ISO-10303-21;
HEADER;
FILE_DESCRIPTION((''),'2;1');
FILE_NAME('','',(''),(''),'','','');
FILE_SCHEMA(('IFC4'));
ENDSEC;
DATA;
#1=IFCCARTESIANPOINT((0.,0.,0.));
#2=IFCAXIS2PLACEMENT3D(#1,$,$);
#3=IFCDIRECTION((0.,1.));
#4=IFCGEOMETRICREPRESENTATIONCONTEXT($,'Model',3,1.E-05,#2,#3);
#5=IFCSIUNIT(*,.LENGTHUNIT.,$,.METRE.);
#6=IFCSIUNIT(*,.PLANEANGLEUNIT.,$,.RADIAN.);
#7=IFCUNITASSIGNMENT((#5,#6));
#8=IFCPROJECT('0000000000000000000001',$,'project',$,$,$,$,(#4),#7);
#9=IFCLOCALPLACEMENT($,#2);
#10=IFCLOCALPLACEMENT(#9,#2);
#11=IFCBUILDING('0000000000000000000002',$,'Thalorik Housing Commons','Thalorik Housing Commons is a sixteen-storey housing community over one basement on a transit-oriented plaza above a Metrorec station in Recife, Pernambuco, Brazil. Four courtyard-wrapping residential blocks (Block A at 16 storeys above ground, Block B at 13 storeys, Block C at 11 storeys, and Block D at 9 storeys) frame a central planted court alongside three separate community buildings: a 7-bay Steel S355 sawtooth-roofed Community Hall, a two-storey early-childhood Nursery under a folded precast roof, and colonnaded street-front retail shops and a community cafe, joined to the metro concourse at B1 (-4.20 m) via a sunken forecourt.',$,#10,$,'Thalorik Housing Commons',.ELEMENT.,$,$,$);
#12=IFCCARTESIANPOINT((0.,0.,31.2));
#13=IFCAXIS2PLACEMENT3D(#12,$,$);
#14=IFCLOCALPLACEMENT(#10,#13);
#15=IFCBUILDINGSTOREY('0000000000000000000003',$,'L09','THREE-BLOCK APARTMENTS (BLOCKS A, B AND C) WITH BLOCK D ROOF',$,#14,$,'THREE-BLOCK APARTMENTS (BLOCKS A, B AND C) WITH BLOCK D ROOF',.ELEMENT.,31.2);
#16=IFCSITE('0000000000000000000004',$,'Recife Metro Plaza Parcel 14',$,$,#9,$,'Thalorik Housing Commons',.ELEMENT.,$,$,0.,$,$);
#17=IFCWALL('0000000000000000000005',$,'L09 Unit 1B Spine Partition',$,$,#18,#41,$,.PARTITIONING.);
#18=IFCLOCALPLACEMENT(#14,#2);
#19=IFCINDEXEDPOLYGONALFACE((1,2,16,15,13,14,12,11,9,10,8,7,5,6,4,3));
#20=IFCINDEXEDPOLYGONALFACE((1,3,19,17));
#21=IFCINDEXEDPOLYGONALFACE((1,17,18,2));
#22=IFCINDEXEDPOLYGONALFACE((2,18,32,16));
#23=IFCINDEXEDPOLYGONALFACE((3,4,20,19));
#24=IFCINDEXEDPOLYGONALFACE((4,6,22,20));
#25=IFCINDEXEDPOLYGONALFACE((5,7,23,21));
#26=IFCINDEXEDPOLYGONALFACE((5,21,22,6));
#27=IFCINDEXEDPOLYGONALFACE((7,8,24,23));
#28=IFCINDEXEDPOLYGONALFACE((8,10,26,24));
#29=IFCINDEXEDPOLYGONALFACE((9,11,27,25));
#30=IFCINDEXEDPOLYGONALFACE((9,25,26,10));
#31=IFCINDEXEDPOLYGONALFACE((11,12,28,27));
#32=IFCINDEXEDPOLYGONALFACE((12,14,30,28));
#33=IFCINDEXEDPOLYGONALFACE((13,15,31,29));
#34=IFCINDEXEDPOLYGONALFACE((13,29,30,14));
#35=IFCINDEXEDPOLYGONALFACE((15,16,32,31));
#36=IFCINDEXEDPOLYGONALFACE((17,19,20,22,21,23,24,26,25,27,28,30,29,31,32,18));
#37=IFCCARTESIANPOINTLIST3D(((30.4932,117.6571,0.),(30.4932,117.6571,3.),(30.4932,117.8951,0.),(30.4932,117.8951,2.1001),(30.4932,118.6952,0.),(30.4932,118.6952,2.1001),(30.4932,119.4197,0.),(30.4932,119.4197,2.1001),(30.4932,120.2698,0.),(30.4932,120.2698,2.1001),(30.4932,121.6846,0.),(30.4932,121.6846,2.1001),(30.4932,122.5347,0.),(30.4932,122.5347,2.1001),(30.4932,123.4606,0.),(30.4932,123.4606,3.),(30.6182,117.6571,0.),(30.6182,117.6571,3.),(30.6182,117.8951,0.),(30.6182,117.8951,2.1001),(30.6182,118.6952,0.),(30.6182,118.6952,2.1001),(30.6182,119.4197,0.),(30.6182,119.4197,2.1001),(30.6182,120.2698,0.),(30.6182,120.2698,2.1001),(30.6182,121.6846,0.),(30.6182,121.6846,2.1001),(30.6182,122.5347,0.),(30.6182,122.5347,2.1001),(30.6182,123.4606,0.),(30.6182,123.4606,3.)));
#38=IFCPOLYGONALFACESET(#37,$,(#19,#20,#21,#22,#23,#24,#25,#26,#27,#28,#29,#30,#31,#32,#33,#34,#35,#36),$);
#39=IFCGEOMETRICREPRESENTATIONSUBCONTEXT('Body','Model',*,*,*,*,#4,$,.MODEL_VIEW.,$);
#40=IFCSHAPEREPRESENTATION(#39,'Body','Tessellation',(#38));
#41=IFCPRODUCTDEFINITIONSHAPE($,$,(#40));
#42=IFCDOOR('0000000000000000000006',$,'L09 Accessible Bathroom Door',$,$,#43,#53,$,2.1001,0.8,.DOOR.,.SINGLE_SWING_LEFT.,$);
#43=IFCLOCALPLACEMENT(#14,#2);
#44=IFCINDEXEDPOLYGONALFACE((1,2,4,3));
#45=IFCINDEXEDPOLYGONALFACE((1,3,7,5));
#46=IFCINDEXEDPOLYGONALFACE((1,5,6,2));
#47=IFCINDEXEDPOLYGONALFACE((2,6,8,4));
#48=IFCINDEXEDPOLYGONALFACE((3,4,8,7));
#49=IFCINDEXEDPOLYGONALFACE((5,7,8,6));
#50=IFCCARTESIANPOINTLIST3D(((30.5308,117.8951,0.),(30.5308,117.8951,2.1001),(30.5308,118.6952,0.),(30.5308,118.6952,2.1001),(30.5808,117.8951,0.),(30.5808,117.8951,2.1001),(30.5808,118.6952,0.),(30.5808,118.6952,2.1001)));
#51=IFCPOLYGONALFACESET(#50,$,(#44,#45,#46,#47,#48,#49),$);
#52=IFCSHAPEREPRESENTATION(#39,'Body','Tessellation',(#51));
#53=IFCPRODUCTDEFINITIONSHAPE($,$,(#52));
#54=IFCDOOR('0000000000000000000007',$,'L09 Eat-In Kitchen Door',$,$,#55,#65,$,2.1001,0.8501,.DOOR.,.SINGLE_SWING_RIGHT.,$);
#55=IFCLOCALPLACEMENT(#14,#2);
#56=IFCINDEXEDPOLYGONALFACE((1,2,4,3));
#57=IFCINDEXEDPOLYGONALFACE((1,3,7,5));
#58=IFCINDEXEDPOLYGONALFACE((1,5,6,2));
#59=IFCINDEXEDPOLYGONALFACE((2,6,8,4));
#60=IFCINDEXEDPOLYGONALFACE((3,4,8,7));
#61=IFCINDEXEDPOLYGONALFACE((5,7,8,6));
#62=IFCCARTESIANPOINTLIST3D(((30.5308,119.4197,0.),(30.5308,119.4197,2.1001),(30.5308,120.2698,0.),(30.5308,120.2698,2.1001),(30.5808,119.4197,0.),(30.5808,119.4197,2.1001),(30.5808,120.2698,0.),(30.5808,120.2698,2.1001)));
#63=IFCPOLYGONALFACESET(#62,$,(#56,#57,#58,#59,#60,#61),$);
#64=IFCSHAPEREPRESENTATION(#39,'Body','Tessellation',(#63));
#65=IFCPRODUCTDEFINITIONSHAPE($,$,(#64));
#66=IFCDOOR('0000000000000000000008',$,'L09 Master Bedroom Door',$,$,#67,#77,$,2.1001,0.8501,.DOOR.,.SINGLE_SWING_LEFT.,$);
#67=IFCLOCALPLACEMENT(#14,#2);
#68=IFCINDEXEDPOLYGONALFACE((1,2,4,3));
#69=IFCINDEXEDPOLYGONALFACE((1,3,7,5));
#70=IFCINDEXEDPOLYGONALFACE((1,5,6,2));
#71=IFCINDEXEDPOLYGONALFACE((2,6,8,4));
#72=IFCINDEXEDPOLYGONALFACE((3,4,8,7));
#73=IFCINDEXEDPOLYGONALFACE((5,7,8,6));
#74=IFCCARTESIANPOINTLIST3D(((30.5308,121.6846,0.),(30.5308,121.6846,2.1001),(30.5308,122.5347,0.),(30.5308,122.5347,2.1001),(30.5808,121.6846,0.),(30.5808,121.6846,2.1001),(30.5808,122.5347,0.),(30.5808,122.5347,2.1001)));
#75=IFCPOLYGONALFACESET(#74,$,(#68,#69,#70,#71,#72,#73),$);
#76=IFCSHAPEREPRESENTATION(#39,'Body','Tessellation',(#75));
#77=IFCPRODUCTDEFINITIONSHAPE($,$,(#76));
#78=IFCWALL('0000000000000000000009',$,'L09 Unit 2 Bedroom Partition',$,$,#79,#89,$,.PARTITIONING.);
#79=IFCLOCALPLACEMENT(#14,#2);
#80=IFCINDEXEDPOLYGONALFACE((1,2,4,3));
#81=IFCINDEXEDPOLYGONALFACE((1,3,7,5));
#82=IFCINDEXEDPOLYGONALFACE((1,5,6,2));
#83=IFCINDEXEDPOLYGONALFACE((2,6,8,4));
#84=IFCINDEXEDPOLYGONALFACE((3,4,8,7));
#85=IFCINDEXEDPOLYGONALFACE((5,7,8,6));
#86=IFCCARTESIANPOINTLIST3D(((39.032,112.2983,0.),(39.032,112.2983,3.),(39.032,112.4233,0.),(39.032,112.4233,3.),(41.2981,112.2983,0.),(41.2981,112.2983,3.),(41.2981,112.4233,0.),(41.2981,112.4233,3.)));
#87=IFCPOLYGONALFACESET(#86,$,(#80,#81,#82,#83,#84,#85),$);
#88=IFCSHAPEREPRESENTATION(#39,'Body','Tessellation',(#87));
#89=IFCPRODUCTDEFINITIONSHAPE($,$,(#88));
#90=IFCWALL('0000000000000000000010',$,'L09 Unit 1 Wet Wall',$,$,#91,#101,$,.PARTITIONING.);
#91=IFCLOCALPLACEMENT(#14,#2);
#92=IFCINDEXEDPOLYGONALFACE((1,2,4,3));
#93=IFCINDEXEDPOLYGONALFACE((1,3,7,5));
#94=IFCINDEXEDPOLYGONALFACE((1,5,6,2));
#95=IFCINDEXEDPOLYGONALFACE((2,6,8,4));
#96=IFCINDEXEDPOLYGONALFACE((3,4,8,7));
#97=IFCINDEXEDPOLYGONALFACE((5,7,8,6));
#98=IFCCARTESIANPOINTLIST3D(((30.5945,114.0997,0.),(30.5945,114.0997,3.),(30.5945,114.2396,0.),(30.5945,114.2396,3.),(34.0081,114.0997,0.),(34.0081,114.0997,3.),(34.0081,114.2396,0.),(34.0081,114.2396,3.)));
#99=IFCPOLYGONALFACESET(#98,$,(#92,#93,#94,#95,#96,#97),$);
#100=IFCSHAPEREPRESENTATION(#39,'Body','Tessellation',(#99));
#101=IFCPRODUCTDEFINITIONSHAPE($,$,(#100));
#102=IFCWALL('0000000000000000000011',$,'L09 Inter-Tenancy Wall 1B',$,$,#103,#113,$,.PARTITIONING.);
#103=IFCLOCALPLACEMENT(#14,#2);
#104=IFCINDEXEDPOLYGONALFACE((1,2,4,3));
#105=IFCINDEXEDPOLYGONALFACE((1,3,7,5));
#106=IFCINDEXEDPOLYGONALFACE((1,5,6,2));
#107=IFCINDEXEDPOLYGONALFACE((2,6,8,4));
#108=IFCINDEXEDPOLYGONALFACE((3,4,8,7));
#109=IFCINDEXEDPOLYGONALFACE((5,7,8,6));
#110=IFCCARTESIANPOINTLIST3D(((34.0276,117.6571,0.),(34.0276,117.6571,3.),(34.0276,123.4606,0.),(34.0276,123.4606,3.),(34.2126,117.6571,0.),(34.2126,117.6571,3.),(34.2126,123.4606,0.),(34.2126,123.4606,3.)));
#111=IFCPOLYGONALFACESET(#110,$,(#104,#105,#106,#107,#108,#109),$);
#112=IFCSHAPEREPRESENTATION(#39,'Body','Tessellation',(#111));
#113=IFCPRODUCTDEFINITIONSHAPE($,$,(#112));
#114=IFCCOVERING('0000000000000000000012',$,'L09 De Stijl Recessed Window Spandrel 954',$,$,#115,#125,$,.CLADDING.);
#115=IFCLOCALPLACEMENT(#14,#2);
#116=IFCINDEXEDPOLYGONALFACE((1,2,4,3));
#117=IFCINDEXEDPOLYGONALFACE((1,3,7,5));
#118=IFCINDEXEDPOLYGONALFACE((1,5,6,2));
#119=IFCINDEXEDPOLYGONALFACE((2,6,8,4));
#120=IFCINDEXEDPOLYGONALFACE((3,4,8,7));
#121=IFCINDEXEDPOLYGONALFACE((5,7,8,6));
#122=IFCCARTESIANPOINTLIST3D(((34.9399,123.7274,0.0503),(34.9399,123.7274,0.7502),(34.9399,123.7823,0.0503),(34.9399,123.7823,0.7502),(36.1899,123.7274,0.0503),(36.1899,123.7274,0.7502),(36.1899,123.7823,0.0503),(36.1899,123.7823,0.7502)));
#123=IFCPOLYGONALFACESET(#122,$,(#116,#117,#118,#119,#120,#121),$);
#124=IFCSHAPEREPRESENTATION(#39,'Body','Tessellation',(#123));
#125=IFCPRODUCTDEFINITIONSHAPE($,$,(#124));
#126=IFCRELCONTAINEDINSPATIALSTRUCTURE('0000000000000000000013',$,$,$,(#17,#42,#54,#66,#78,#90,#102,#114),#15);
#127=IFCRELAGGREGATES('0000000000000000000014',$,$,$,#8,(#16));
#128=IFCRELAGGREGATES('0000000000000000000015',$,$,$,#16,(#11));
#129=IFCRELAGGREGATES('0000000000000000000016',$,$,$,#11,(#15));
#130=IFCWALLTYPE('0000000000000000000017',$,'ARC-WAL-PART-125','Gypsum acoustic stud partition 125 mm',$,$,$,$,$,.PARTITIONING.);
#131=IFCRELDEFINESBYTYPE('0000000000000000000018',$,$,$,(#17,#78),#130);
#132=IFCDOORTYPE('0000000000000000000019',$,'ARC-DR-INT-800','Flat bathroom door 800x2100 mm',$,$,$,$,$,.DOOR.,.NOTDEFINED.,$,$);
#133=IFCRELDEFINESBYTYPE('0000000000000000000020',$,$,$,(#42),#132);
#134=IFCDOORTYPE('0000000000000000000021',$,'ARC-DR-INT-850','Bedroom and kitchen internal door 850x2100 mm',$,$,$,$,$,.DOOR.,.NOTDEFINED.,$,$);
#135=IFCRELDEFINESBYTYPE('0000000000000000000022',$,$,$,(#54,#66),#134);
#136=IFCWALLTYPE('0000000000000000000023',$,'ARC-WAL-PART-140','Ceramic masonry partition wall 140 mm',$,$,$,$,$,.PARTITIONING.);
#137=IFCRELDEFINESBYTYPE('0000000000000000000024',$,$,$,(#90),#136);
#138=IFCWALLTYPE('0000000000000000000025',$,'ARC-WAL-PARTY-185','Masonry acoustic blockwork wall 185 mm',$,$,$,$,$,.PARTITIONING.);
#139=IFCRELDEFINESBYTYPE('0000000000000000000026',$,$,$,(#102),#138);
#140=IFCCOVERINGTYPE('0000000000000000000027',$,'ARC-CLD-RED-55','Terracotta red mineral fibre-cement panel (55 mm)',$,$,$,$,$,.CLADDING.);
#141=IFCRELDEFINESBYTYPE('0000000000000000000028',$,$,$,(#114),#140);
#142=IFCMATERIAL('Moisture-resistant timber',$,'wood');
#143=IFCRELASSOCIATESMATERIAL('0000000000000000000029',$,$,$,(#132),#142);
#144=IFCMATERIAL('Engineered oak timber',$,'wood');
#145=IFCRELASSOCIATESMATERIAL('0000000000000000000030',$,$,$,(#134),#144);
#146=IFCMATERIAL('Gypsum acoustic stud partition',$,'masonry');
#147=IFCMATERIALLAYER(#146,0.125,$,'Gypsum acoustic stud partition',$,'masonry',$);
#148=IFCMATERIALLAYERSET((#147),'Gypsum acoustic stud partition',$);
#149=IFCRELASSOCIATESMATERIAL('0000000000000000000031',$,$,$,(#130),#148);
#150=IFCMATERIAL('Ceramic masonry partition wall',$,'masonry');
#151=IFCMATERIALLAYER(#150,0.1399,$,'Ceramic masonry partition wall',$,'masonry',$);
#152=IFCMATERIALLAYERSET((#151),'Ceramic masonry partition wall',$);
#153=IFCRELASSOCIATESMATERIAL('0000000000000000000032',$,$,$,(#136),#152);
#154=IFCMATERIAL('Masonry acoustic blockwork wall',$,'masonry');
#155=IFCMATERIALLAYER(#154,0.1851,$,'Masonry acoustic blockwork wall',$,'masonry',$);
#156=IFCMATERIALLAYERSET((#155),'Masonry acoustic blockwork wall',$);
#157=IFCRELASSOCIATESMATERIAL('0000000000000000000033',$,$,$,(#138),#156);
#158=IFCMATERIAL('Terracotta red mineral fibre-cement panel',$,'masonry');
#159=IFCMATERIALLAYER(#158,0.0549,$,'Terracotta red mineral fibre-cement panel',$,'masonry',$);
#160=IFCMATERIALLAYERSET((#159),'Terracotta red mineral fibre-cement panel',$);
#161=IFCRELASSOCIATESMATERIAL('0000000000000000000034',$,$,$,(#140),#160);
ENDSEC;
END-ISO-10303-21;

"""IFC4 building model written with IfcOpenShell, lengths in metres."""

from ifc_helpers import new_model, si_unit, direction, frame, frame_2d, origin, origin_2d, place, context, subcontext, project, spatial, rectangle, extrude, material, layer, layer_set, type_object, element, fill, save


model = new_model("IFC4")

# Units and contexts
model_context = context("Model", 3, precision=1e-05, world=origin(), true_north=direction((0.0, 1.0)))
body_context = subcontext(model_context, "Body", "Model", "MODEL_VIEW")
ifc_project = project(units=[si_unit("LENGTHUNIT", "METRE"), si_unit("PLANEANGLEUNIT", "RADIAN")], contexts=[model_context])

# Site, building, storey
site_placement = place(None, origin())
site = spatial("IfcSite", under=ifc_project, at=site_placement, Name="Recife Metro Plaza Parcel 14", LongName="Thalorik Housing Commons", CompositionType="ELEMENT", RefElevation=0.0)
building_placement = place(site_placement, origin())
building = spatial("IfcBuilding", under=site, at=building_placement, Name="Thalorik Housing Commons", Description="Thalorik Housing Commons is a sixteen-storey housing community over one basement on a transit-oriented plaza above a Metrorec station in Recife, Pernambuco, Brazil. Four courtyard-wrapping residential blocks (Block A at 16 storeys above ground, Block B at 13 storeys, Block C at 11 storeys, and Block D at 9 storeys) frame a central planted court alongside three separate community buildings: a 7-bay Steel S355 sawtooth-roofed Community Hall, a two-storey early-childhood Nursery under a folded precast roof, and colonnaded street-front retail shops and a community cafe, joined to the metro concourse at B1 (-4.20 m) via a sunken forecourt.", LongName="Thalorik Housing Commons", CompositionType="ELEMENT")
storey_placement = place(building_placement, frame((0.0, 0.0, 31.2)))
storey = spatial("IfcBuildingStorey", under=building, at=storey_placement, Name="L09", Description="THREE-BLOCK APARTMENTS (BLOCKS A, B AND C) WITH BLOCK D ROOF", LongName="THREE-BLOCK APARTMENTS (BLOCKS A, B AND C) WITH BLOCK D ROOF", CompositionType="ELEMENT", Elevation=31.2)

# Shared definitions
ifc_material_1 = material(Name="Moisture-resistant timber", Category="wood")
door_type_1 = type_object("IfcDoorType", Name="ARC-DR-INT-800", Description="Flat bathroom door 800x2100 mm", OperationType="NOTDEFINED", PredefinedType="DOOR", material=ifc_material_1)
ifc_material_2 = material(Name="Engineered oak timber", Category="wood")
door_type_2 = type_object("IfcDoorType", Name="ARC-DR-INT-850", Description="Bedroom and kitchen internal door 850x2100 mm", OperationType="NOTDEFINED", PredefinedType="DOOR", material=ifc_material_2)

# Wall, openings, doors
ifc_material_3 = material(Name="Gypsum acoustic stud partition", Category="masonry")
ifc_layer_1 = layer(ifc_material_3, 0.125, Name="Gypsum acoustic stud partition", Category="masonry")
ifc_layer_set_1 = layer_set([ifc_layer_1], Name="Gypsum acoustic stud partition")
wall_type_1 = type_object("IfcWallType", Name="ARC-WAL-PART-125", Description="Gypsum acoustic stud partition 125 mm", PredefinedType="PARTITIONING", material=ifc_layer_set_1)
wall_1_placement = place(storey_placement, frame((30.5557, 117.657, 0.0), z_axis=(0.0, 0.0, 1.0), x_axis=(0.0, 1.0, 0.0)))
wall_1 = element("IfcWall", 1, at=wall_1_placement, inside=storey, type_object=wall_type_1, Name="L09 Unit 1B Spine Partition", PredefinedType="PARTITIONING", context=body_context, shape_type="SweptSolid", body=[
    extrude(rectangle(XDim=5.8035, YDim=0.125, at=frame_2d((2.9019, 0.0))), origin(), (0.0, 0.0, 1.0), 3.0),
])
opening_1_placement = place(wall_1_placement, frame((0.2383, 0.0, 0.0)))
opening_1 = element("IfcOpeningElement", 2, at=opening_1_placement, cuts=wall_1, PredefinedType="OPENING", context=body_context, shape_type="SweptSolid", body=[
    extrude(rectangle(XDim=0.8, YDim=2.1001, at=frame_2d((0.3999, 1.05))), frame((0.0, 0.0725, 0.0), z_axis=(0.0, -1.0, 0.0), x_axis=(1.0, 0.0, 0.0)), (0.0, 0.0, 1.0), 0.145),
])
opening_2_placement = place(wall_1_placement, frame((1.7627, 0.0, 0.0)))
opening_2 = element("IfcOpeningElement", 3, at=opening_2_placement, cuts=wall_1, PredefinedType="OPENING", context=body_context, shape_type="SweptSolid", body=[
    extrude(rectangle(XDim=0.8501, YDim=2.1001, at=frame_2d((0.425, 1.05))), frame((0.0, 0.0725, 0.0), z_axis=(0.0, -1.0, 0.0), x_axis=(1.0, 0.0, 0.0)), (0.0, 0.0, 1.0), 0.145),
])
opening_3_placement = place(wall_1_placement, frame((4.0276, 0.0, 0.0)))
opening_3 = element("IfcOpeningElement", 4, at=opening_3_placement, cuts=wall_1, PredefinedType="OPENING", context=body_context, shape_type="SweptSolid", body=[
    extrude(rectangle(XDim=0.8501, YDim=2.1001, at=frame_2d((0.425, 1.05))), frame((0.0, 0.0725, 0.0), z_axis=(0.0, -1.0, 0.0), x_axis=(1.0, 0.0, 0.0)), (0.0, 0.0, 1.0), 0.145),
])
door_1_placement = place(opening_1_placement, origin())
door_1 = element("IfcDoor", 5, at=door_1_placement, inside=storey, type_object=door_type_1, Name="L09 Accessible Bathroom Door", OperationType="SINGLE_SWING_LEFT", OverallHeight=2.1001, OverallWidth=0.8, PredefinedType="DOOR", context=body_context, shape_type="SweptSolid", body=[
    extrude(rectangle(XDim=0.8, YDim=2.1001, at=frame_2d((0.3999, 1.05))), frame((0.0, 0.0249, 0.0), z_axis=(0.0, -1.0, 0.0), x_axis=(1.0, 0.0, 0.0)), (0.0, 0.0, 1.0), 0.05),
])
fill(opening_1, door_1)
door_2_placement = place(opening_2_placement, origin())
door_2 = element("IfcDoor", 6, at=door_2_placement, inside=storey, type_object=door_type_2, Name="L09 Eat-In Kitchen Door", OperationType="SINGLE_SWING_RIGHT", OverallHeight=2.1001, OverallWidth=0.8501, PredefinedType="DOOR", context=body_context, shape_type="SweptSolid", body=[
    extrude(rectangle(XDim=0.8501, YDim=2.1001, at=frame_2d((0.425, 1.05))), frame((0.0, 0.0249, 0.0), z_axis=(0.0, -1.0, 0.0), x_axis=(1.0, 0.0, 0.0)), (0.0, 0.0, 1.0), 0.05),
])
fill(opening_2, door_2)
door_3_placement = place(opening_3_placement, origin())
door_3 = element("IfcDoor", 7, at=door_3_placement, inside=storey, type_object=door_type_2, Name="L09 Master Bedroom Door", OperationType="SINGLE_SWING_LEFT", OverallHeight=2.1001, OverallWidth=0.8501, PredefinedType="DOOR", context=body_context, shape_type="SweptSolid", body=[
    extrude(rectangle(XDim=0.8501, YDim=2.1001, at=frame_2d((0.425, 1.05))), frame((0.0, 0.0249, 0.0), z_axis=(0.0, -1.0, 0.0), x_axis=(1.0, 0.0, 0.0)), (0.0, 0.0, 1.0), 0.05),
])
fill(opening_3, door_3)

# Walls
wall_2_placement = place(storey_placement, frame((39.032, 112.3608, 0.0), z_axis=(0.0, 0.0, 1.0), x_axis=(1.0, 0.0, 0.0)))
element("IfcWall", 8, at=wall_2_placement, inside=storey, type_object=wall_type_1, Name="L09 Unit 2 Bedroom Partition", PredefinedType="PARTITIONING", context=body_context, shape_type="SweptSolid", body=[
    extrude(rectangle(XDim=2.2661, YDim=0.125, at=frame_2d((1.1331, 0.0))), origin(), (0.0, 0.0, 1.0), 3.0),
])
ifc_material_4 = material(Name="Ceramic masonry partition wall", Category="masonry")
ifc_layer_2 = layer(ifc_material_4, 0.1399, Name="Ceramic masonry partition wall", Category="masonry")
ifc_layer_set_2 = layer_set([ifc_layer_2], Name="Ceramic masonry partition wall")
wall_type_2 = type_object("IfcWallType", Name="ARC-WAL-PART-140", Description="Ceramic masonry partition wall 140 mm", PredefinedType="PARTITIONING", material=ifc_layer_set_2)
wall_3_placement = place(storey_placement, frame((30.5945, 114.1697, 0.0), z_axis=(0.0, 0.0, 1.0), x_axis=(1.0, 0.0, 0.0)))
element("IfcWall", 9, at=wall_3_placement, inside=storey, type_object=wall_type_2, Name="L09 Unit 1 Wet Wall", PredefinedType="PARTITIONING", context=body_context, shape_type="SweptSolid", body=[
    extrude(rectangle(XDim=3.4136, YDim=0.1399, at=frame_2d((1.7068, 0.0))), origin(), (0.0, 0.0, 1.0), 3.0),
])
ifc_material_5 = material(Name="Masonry acoustic blockwork wall", Category="masonry")
ifc_layer_3 = layer(ifc_material_5, 0.1851, Name="Masonry acoustic blockwork wall", Category="masonry")
ifc_layer_set_3 = layer_set([ifc_layer_3], Name="Masonry acoustic blockwork wall")
wall_type_3 = type_object("IfcWallType", Name="ARC-WAL-PARTY-185", Description="Masonry acoustic blockwork wall 185 mm", PredefinedType="PARTITIONING", material=ifc_layer_set_3)
wall_4_placement = place(storey_placement, frame((34.1201, 117.657, 0.0), z_axis=(0.0, 0.0, 1.0), x_axis=(0.0, 1.0, 0.0)))
element("IfcWall", 10, at=wall_4_placement, inside=storey, type_object=wall_type_3, Name="L09 Inter-Tenancy Wall 1B", PredefinedType="PARTITIONING", context=body_context, shape_type="SweptSolid", body=[
    extrude(rectangle(XDim=5.8035, YDim=0.1851, at=frame_2d((2.9019, 0.0))), origin(), (0.0, 0.0, 1.0), 3.0),
])

# Covering
ifc_material_6 = material(Name="Terracotta red mineral fibre-cement panel", Category="masonry")
ifc_layer_4 = layer(ifc_material_6, 0.0549, Name="Terracotta red mineral fibre-cement panel", Category="masonry")
ifc_layer_set_4 = layer_set([ifc_layer_4], Name="Terracotta red mineral fibre-cement panel")
covering_type_1 = type_object("IfcCoveringType", Name="ARC-CLD-RED-55", Description="Terracotta red mineral fibre-cement panel (55 mm)", PredefinedType="CLADDING", material=ifc_layer_set_4)
covering_1_placement = place(storey_placement, frame((35.5649, 123.7549, 0.0503), z_axis=(0.0, 0.0, 1.0), x_axis=(-1.0, 0.0, 0.0)))
element("IfcCovering", 11, at=covering_1_placement, inside=storey, type_object=covering_type_1, Name="L09 De Stijl Recessed Window Spandrel 954", PredefinedType="CLADDING", context=body_context, shape_type="SweptSolid", body=[
    extrude(rectangle(XDim=1.25, YDim=0.0549, at=origin_2d()), origin(), (0.0, 0.0, 1.0), 0.7),
])

save(model, "model.ifc")
